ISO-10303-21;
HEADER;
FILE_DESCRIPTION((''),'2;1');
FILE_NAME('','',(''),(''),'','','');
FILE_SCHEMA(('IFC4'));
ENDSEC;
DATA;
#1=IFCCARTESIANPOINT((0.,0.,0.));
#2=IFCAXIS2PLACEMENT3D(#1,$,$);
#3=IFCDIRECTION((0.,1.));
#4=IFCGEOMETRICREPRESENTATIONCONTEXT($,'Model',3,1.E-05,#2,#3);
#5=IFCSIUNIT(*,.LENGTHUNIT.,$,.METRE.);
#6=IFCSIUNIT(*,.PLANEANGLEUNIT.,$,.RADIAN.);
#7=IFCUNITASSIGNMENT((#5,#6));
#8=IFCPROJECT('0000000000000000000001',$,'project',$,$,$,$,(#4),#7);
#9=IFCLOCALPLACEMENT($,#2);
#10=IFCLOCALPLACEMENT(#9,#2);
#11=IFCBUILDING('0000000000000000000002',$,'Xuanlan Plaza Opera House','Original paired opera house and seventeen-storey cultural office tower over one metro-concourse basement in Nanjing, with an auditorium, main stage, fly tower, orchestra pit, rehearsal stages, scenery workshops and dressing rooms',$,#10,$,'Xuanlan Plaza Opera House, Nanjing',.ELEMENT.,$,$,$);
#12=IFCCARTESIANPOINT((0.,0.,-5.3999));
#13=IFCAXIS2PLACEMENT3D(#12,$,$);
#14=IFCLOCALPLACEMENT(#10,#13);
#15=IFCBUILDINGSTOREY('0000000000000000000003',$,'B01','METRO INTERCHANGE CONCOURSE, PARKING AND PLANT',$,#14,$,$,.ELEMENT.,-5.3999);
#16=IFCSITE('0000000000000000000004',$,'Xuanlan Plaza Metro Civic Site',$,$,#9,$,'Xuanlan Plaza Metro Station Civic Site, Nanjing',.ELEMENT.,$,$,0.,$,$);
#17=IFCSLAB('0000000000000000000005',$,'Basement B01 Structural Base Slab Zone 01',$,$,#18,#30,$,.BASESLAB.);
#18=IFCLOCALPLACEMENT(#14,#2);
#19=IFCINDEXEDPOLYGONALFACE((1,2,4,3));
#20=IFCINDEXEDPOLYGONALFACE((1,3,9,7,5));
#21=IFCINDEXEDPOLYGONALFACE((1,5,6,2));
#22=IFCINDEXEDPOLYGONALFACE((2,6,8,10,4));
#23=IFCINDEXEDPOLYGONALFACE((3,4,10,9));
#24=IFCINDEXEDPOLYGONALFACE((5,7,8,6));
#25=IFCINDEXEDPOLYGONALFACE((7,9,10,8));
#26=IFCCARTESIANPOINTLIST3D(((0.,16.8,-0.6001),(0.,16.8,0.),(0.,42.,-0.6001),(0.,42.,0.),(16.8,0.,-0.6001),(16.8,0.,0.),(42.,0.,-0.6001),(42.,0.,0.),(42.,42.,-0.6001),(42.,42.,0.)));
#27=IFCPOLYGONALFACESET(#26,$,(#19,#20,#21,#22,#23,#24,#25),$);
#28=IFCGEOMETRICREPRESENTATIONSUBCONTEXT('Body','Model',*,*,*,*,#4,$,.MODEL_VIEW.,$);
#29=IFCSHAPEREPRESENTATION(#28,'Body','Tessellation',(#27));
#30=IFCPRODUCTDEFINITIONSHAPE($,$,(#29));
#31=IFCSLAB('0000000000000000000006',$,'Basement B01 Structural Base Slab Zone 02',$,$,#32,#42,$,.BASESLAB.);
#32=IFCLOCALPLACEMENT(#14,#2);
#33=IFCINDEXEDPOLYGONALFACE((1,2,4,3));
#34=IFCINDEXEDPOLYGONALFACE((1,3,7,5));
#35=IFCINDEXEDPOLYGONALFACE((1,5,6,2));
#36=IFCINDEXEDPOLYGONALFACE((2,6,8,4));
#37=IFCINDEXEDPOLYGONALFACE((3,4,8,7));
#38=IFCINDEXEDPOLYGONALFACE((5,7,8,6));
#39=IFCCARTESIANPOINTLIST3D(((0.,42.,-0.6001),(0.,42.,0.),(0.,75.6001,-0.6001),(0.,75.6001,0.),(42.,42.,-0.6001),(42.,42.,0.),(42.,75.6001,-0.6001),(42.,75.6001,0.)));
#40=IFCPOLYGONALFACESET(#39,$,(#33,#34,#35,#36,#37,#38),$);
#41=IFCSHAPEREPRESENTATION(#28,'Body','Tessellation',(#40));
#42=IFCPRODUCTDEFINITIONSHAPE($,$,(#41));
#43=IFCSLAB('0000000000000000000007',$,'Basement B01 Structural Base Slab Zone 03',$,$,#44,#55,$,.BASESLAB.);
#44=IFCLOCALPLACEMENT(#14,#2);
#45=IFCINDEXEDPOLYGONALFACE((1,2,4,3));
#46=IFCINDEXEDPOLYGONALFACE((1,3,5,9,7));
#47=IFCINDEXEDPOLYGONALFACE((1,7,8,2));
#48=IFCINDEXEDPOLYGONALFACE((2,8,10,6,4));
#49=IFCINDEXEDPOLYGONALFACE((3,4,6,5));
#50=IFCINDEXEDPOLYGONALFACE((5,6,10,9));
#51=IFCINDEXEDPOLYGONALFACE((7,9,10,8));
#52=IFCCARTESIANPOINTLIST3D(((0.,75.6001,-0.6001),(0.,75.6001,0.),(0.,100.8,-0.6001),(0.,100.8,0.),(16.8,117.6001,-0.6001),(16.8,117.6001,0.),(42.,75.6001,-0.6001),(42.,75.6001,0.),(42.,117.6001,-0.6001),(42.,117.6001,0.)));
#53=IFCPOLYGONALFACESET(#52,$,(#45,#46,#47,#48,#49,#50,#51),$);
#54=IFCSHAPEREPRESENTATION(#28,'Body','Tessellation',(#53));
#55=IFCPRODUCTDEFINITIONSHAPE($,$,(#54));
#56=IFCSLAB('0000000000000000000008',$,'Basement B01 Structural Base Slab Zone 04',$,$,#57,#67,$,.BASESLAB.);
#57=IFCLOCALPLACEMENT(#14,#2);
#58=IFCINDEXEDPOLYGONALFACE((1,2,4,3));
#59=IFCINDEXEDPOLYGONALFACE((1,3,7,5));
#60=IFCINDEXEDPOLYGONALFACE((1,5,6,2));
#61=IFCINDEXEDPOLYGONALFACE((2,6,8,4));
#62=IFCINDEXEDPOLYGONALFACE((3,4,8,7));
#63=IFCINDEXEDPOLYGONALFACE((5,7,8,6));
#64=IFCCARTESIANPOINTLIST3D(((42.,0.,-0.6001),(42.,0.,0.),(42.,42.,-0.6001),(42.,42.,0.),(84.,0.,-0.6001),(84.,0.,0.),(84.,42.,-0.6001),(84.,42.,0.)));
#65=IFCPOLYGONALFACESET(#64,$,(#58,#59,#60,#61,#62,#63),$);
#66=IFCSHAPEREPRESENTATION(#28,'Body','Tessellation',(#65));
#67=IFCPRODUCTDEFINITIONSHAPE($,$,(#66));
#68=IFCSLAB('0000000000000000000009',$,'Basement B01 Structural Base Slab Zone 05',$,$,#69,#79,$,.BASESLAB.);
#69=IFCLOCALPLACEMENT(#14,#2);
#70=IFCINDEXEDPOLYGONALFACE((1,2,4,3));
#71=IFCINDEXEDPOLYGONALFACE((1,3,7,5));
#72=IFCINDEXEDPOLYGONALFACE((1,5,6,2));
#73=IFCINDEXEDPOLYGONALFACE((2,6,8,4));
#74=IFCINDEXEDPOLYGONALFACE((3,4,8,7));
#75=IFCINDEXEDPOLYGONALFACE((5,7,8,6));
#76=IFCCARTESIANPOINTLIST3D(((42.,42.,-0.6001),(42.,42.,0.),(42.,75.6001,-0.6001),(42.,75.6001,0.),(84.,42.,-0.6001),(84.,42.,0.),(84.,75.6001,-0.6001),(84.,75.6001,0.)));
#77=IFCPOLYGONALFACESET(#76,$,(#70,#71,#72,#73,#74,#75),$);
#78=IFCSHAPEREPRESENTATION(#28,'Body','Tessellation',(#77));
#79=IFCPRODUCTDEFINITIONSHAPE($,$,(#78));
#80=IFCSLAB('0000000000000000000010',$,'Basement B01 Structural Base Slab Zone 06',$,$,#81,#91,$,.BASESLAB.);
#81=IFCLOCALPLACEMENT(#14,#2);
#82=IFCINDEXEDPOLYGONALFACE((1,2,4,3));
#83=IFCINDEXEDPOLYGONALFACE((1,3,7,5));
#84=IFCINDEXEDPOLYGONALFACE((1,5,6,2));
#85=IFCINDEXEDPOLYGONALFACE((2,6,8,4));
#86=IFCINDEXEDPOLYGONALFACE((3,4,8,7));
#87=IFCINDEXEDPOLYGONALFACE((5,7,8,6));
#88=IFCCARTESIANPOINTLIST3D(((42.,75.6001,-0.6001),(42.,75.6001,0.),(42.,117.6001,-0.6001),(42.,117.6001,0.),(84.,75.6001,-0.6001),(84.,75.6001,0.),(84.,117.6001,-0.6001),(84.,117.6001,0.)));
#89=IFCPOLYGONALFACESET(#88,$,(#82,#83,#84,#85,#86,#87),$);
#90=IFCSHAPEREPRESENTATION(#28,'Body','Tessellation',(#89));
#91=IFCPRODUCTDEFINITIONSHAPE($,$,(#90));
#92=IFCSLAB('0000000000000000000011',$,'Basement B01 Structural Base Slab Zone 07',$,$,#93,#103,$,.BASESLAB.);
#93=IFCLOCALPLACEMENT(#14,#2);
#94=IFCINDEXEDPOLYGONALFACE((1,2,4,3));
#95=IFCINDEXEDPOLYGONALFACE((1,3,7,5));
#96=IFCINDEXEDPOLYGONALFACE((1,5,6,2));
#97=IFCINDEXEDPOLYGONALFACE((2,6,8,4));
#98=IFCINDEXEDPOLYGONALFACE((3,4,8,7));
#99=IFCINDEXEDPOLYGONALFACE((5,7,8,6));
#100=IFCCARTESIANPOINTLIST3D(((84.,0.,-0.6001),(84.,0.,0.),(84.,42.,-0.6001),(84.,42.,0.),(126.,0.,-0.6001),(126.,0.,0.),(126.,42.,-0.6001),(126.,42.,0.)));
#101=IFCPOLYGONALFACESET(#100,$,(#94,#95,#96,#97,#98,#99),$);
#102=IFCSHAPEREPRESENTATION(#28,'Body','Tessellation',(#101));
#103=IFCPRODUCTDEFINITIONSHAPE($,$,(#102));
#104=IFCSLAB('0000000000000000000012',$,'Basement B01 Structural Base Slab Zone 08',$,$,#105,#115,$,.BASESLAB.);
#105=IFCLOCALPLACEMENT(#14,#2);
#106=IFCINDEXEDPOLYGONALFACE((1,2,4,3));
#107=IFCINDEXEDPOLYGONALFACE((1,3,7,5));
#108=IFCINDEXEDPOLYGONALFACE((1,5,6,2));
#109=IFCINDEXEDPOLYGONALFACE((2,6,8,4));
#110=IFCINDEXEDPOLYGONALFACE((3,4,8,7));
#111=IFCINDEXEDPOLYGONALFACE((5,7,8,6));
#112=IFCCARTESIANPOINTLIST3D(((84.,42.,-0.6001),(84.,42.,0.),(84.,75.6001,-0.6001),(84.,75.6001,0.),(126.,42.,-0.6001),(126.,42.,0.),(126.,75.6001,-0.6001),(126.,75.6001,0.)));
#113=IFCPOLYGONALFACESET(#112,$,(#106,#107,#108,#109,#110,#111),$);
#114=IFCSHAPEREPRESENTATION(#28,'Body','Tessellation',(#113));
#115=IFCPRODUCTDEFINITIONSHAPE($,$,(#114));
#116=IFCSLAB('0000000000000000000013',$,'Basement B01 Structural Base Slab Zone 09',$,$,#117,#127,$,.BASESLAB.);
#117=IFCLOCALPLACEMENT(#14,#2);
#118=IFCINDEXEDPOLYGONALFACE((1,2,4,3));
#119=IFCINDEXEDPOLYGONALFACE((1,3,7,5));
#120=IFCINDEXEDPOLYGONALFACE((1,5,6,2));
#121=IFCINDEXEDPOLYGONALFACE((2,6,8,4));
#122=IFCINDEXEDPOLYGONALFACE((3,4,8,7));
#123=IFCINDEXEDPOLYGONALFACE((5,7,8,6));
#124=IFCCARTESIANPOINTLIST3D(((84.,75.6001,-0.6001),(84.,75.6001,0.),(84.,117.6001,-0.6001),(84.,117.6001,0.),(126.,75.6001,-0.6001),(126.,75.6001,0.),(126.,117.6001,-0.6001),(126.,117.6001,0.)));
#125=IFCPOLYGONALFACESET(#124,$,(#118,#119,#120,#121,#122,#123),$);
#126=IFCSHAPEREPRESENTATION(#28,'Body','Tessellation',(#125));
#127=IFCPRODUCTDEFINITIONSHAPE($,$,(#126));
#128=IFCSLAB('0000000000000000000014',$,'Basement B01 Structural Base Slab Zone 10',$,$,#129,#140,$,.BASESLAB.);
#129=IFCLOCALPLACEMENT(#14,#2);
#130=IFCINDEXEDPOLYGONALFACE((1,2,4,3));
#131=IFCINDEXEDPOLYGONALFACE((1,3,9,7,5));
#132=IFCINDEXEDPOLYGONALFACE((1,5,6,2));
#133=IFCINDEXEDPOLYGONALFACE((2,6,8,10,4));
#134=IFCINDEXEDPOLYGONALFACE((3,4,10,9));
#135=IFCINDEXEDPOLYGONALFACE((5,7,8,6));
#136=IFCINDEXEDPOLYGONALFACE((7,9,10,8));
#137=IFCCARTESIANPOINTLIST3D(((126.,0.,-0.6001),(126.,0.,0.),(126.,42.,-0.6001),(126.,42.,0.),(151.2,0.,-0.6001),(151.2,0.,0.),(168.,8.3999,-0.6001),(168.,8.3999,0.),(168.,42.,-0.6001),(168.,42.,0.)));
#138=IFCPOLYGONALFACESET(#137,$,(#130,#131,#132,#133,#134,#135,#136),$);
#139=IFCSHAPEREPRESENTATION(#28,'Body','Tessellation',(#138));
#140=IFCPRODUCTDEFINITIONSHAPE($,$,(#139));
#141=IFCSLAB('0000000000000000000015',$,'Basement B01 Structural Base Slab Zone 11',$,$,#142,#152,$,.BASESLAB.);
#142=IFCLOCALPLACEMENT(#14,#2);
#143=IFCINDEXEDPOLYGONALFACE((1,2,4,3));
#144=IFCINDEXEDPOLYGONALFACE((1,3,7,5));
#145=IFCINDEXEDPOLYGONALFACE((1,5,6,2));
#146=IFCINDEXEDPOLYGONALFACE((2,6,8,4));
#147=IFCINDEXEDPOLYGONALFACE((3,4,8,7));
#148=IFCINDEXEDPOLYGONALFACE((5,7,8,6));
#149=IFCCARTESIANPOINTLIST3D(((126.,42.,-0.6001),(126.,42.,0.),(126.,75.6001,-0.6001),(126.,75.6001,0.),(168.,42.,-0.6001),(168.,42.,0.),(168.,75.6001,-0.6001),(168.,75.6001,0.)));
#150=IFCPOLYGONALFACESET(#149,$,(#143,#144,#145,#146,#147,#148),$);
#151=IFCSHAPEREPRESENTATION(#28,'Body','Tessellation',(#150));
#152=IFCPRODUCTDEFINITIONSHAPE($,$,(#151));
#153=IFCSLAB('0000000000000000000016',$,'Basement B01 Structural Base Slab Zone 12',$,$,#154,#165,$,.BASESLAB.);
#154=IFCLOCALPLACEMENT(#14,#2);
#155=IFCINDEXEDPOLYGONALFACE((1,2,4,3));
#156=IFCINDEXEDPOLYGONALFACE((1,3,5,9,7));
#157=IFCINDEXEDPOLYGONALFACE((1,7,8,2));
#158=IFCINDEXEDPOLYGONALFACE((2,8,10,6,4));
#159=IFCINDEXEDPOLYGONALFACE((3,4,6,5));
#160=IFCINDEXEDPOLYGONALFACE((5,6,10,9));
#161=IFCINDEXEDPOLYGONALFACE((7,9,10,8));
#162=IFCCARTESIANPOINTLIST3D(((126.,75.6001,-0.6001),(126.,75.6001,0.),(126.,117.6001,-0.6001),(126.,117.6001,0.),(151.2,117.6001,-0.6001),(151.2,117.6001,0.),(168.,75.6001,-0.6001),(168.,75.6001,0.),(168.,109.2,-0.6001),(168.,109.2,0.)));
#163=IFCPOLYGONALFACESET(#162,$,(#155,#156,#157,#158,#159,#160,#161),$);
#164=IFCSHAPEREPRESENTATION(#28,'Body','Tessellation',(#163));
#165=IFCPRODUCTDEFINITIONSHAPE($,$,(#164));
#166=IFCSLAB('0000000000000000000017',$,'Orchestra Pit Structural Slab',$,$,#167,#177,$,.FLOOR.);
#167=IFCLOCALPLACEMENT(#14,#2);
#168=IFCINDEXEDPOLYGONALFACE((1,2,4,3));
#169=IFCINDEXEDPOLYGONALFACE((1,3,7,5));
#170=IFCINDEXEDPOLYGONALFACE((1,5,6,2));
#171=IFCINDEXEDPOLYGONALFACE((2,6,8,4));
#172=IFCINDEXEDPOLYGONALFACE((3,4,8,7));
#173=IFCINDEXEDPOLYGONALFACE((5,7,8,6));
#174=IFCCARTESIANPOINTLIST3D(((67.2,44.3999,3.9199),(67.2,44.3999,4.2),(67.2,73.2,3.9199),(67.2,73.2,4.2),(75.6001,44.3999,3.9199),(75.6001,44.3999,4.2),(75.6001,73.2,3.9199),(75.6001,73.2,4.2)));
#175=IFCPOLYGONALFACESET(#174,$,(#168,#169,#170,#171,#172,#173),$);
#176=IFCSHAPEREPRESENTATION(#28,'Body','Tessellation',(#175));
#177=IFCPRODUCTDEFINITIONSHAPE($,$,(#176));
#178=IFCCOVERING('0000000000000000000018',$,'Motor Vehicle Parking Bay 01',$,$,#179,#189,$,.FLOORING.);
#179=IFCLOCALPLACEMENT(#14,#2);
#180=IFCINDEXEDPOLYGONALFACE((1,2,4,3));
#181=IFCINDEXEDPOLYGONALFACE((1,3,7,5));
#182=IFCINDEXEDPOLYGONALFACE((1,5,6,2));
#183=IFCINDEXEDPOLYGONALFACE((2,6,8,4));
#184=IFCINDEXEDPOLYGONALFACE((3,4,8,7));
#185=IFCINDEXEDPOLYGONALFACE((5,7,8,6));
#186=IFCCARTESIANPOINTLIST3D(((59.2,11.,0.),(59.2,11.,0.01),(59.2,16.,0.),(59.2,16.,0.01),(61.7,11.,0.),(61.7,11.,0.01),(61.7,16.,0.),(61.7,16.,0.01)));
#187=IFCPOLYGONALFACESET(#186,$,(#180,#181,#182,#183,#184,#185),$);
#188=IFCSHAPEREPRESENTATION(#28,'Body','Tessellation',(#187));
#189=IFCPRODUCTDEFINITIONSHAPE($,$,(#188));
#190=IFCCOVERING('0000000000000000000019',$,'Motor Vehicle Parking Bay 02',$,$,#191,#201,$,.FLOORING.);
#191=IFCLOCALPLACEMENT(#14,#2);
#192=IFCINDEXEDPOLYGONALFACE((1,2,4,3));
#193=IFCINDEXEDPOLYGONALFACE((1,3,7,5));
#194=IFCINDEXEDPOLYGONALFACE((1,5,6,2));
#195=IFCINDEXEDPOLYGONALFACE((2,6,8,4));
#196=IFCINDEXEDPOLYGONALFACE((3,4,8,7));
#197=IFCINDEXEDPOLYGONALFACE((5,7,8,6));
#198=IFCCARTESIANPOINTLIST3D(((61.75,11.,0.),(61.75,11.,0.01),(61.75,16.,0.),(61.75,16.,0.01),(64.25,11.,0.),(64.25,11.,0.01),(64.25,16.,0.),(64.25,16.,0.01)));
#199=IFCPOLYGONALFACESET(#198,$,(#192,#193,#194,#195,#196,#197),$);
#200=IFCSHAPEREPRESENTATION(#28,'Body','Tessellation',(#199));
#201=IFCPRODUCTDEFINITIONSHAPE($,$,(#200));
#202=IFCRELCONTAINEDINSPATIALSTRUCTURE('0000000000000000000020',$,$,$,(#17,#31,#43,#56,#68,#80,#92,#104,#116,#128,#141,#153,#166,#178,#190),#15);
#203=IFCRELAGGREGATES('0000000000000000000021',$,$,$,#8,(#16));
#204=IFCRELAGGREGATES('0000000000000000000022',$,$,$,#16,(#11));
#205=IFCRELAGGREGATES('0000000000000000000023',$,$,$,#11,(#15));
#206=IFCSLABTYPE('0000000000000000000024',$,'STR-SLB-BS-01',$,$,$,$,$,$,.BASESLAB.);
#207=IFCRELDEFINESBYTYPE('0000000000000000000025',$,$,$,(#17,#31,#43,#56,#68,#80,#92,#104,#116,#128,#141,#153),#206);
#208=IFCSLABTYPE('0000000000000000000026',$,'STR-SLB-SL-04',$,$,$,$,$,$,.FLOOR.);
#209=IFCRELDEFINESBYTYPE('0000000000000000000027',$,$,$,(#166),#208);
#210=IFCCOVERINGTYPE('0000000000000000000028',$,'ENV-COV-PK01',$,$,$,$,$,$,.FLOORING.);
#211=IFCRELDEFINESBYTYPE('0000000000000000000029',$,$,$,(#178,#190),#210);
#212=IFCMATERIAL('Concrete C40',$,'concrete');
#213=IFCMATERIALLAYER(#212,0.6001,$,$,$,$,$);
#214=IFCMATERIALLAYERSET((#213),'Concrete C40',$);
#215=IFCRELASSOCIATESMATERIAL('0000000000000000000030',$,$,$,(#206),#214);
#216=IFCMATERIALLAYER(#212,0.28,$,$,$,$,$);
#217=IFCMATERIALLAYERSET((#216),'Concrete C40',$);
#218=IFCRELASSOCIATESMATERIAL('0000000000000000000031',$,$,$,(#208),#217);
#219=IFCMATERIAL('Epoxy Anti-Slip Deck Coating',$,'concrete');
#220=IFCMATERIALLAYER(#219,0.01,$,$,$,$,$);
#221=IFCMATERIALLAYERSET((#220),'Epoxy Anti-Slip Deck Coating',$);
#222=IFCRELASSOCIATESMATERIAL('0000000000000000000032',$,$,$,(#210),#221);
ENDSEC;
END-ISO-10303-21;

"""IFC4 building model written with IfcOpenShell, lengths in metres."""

from ifc_helpers import new_model, si_unit, direction, frame, origin, place, context, subcontext, project, spatial, polyline, outline, extrude, material, layer, layer_set, type_object, element, save


model = new_model("IFC4")

# Units and contexts
model_context = context("Model", 3, precision=1e-05, world=origin(), true_north=direction((0.0, 1.0)))
body_context = subcontext(model_context, "Body", "Model", "MODEL_VIEW")
ifc_project = project(units=[si_unit("LENGTHUNIT", "METRE"), si_unit("PLANEANGLEUNIT", "RADIAN")], contexts=[model_context])

# Site, building, storey
site_placement = place(None, origin())
site = spatial("IfcSite", under=ifc_project, at=site_placement, Name="Xuanlan Plaza Metro Civic Site", LongName="Xuanlan Plaza Metro Station Civic Site, Nanjing", CompositionType="ELEMENT", RefElevation=0.0)
building_placement = place(site_placement, origin())
building = spatial("IfcBuilding", under=site, at=building_placement, Name="Xuanlan Plaza Opera House", Description="Original paired opera house and seventeen-storey cultural office tower over one metro-concourse basement in Nanjing, with an auditorium, main stage, fly tower, orchestra pit, rehearsal stages, scenery workshops and dressing rooms", LongName="Xuanlan Plaza Opera House, Nanjing", CompositionType="ELEMENT")
storey_placement = place(building_placement, frame((0.0, 0.0, -5.3999)))
storey = spatial("IfcBuildingStorey", under=building, at=storey_placement, Name="B01", Description="METRO INTERCHANGE CONCOURSE, PARKING AND PLANT", CompositionType="ELEMENT", Elevation=-5.3999)

# Slabs
ifc_material_1 = material(Name="Concrete C40", Category="concrete")
ifc_layer_1 = layer(ifc_material_1, 0.6001)
ifc_layer_set_1 = layer_set([ifc_layer_1], Name="Concrete C40")
slab_type_1 = type_object("IfcSlabType", Name="STR-SLB-BS-01", PredefinedType="BASESLAB", material=ifc_layer_set_1)
slab_1_placement = place(storey_placement, frame((0.0, 0.0, -0.6001)))
element("IfcSlab", 1, at=slab_1_placement, inside=storey, type_object=slab_type_1, Name="Basement B01 Structural Base Slab Zone 01", PredefinedType="BASESLAB", context=body_context, shape_type="SweptSolid", body=[
    extrude(outline(polyline([(16.8, 0.0), (0.0, 16.8), (0.0, 42.0), (42.0, 42.0), (42.0, 0.0), (16.8, 0.0)])), origin(), (0.0, 0.0, 1.0), 0.6001),
])
slab_2_placement = place(storey_placement, frame((0.0, 0.0, -0.6001)))
element("IfcSlab", 2, at=slab_2_placement, inside=storey, type_object=slab_type_1, Name="Basement B01 Structural Base Slab Zone 02", PredefinedType="BASESLAB", context=body_context, shape_type="SweptSolid", body=[
    extrude(outline(polyline([(0.0, 75.6001), (42.0, 75.6001), (42.0, 42.0), (0.0, 42.0), (0.0, 75.6001)])), origin(), (0.0, 0.0, 1.0), 0.6001),
])
slab_3_placement = place(storey_placement, frame((0.0, 0.0, -0.6001)))
element("IfcSlab", 3, at=slab_3_placement, inside=storey, type_object=slab_type_1, Name="Basement B01 Structural Base Slab Zone 03", PredefinedType="BASESLAB", context=body_context, shape_type="SweptSolid", body=[
    extrude(outline(polyline([(0.0, 100.8), (16.8, 117.6001), (42.0, 117.6001), (42.0, 75.6001), (0.0, 75.6001), (0.0, 100.8)])), origin(), (0.0, 0.0, 1.0), 0.6001),
])
slab_4_placement = place(storey_placement, frame((0.0, 0.0, -0.6001)))
element("IfcSlab", 4, at=slab_4_placement, inside=storey, type_object=slab_type_1, Name="Basement B01 Structural Base Slab Zone 04", PredefinedType="BASESLAB", context=body_context, shape_type="SweptSolid", body=[
    extrude(outline(polyline([(42.0, 0.0), (42.0, 42.0), (84.0, 42.0), (84.0, 0.0), (42.0, 0.0)])), origin(), (0.0, 0.0, 1.0), 0.6001),
])
slab_5_placement = place(storey_placement, frame((0.0, 0.0, -0.6001)))
element("IfcSlab", 5, at=slab_5_placement, inside=storey, type_object=slab_type_1, Name="Basement B01 Structural Base Slab Zone 05", PredefinedType="BASESLAB", context=body_context, shape_type="SweptSolid", body=[
    extrude(outline(polyline([(42.0, 42.0), (42.0, 75.6001), (84.0, 75.6001), (84.0, 42.0), (42.0, 42.0)])), origin(), (0.0, 0.0, 1.0), 0.6001),
])
slab_6_placement = place(storey_placement, frame((0.0, 0.0, -0.6001)))
element("IfcSlab", 6, at=slab_6_placement, inside=storey, type_object=slab_type_1, Name="Basement B01 Structural Base Slab Zone 06", PredefinedType="BASESLAB", context=body_context, shape_type="SweptSolid", body=[
    extrude(outline(polyline([(84.0, 117.6001), (84.0, 75.6001), (42.0, 75.6001), (42.0, 117.6001), (84.0, 117.6001)])), origin(), (0.0, 0.0, 1.0), 0.6001),
])
slab_7_placement = place(storey_placement, frame((0.0, 0.0, -0.6001)))
element("IfcSlab", 7, at=slab_7_placement, inside=storey, type_object=slab_type_1, Name="Basement B01 Structural Base Slab Zone 07", PredefinedType="BASESLAB", context=body_context, shape_type="SweptSolid", body=[
    extrude(outline(polyline([(84.0, 0.0), (84.0, 42.0), (126.0, 42.0), (126.0, 0.0), (84.0, 0.0)])), origin(), (0.0, 0.0, 1.0), 0.6001),
])
slab_8_placement = place(storey_placement, frame((0.0, 0.0, -0.6001)))
element("IfcSlab", 8, at=slab_8_placement, inside=storey, type_object=slab_type_1, Name="Basement B01 Structural Base Slab Zone 08", PredefinedType="BASESLAB", context=body_context, shape_type="SweptSolid", body=[
    extrude(outline(polyline([(84.0, 42.0), (84.0, 75.6001), (126.0, 75.6001), (126.0, 42.0), (84.0, 42.0)])), origin(), (0.0, 0.0, 1.0), 0.6001),
])
slab_9_placement = place(storey_placement, frame((0.0, 0.0, -0.6001)))
element("IfcSlab", 9, at=slab_9_placement, inside=storey, type_object=slab_type_1, Name="Basement B01 Structural Base Slab Zone 09", PredefinedType="BASESLAB", context=body_context, shape_type="SweptSolid", body=[
    extrude(outline(polyline([(126.0, 117.6001), (126.0, 75.6001), (84.0, 75.6001), (84.0, 117.6001), (126.0, 117.6001)])), origin(), (0.0, 0.0, 1.0), 0.6001),
])
slab_10_placement = place(storey_placement, frame((0.0, 0.0, -0.6001)))
element("IfcSlab", 10, at=slab_10_placement, inside=storey, type_object=slab_type_1, Name="Basement B01 Structural Base Slab Zone 10", PredefinedType="BASESLAB", context=body_context, shape_type="SweptSolid", body=[
    extrude(outline(polyline([(168.0, 8.3999), (151.2, 0.0), (126.0, 0.0), (126.0, 42.0), (168.0, 42.0), (168.0, 8.3999)])), origin(), (0.0, 0.0, 1.0), 0.6001),
])
slab_11_placement = place(storey_placement, frame((0.0, 0.0, -0.6001)))
element("IfcSlab", 11, at=slab_11_placement, inside=storey, type_object=slab_type_1, Name="Basement B01 Structural Base Slab Zone 11", PredefinedType="BASESLAB", context=body_context, shape_type="SweptSolid", body=[
    extrude(outline(polyline([(168.0, 42.0), (126.0, 42.0), (126.0, 75.6001), (168.0, 75.6001), (168.0, 42.0)])), origin(), (0.0, 0.0, 1.0), 0.6001),
])
slab_12_placement = place(storey_placement, frame((0.0, 0.0, -0.6001)))
element("IfcSlab", 12, at=slab_12_placement, inside=storey, type_object=slab_type_1, Name="Basement B01 Structural Base Slab Zone 12", PredefinedType="BASESLAB", context=body_context, shape_type="SweptSolid", body=[
    extrude(outline(polyline([(151.2, 117.6001), (168.0, 109.2), (168.0, 75.6001), (126.0, 75.6001), (126.0, 117.6001), (151.2, 117.6001)])), origin(), (0.0, 0.0, 1.0), 0.6001),
])
ifc_layer_2 = layer(ifc_material_1, 0.28)
ifc_layer_set_2 = layer_set([ifc_layer_2], Name="Concrete C40")
slab_type_2 = type_object("IfcSlabType", Name="STR-SLB-SL-04", PredefinedType="FLOOR", material=ifc_layer_set_2)
slab_13_placement = place(storey_placement, frame((0.0, 0.0, 3.9199)))
element("IfcSlab", 13, at=slab_13_placement, inside=storey, type_object=slab_type_2, Name="Orchestra Pit Structural Slab", PredefinedType="FLOOR", context=body_context, shape_type="SweptSolid", body=[
    extrude(outline(polyline([(67.2, 44.3999), (75.6001, 44.3999), (75.6001, 73.2), (67.2, 73.2), (67.2, 44.3999)])), origin(), (0.0, 0.0, 1.0), 0.28),
])

# Coverings
ifc_material_2 = material(Name="Epoxy Anti-Slip Deck Coating", Category="concrete")
ifc_layer_3 = layer(ifc_material_2, 0.01)
ifc_layer_set_3 = layer_set([ifc_layer_3], Name="Epoxy Anti-Slip Deck Coating")
covering_type_1 = type_object("IfcCoveringType", Name="ENV-COV-PK01", PredefinedType="FLOORING", material=ifc_layer_set_3)
covering_1_placement = place(storey_placement, origin())
element("IfcCovering", 14, at=covering_1_placement, inside=storey, type_object=covering_type_1, Name="Motor Vehicle Parking Bay 01", PredefinedType="FLOORING", context=body_context, shape_type="SweptSolid", body=[
    extrude(outline(polyline([(59.2, 11.0), (61.7, 11.0), (61.7, 16.0), (59.2, 16.0), (59.2, 11.0)])), origin(), (0.0, 0.0, 1.0), 0.01),
])
covering_2_placement = place(storey_placement, origin())
element("IfcCovering", 15, at=covering_2_placement, inside=storey, type_object=covering_type_1, Name="Motor Vehicle Parking Bay 02", PredefinedType="FLOORING", context=body_context, shape_type="SweptSolid", body=[
    extrude(outline(polyline([(61.75, 11.0), (64.25, 11.0), (64.25, 16.0), (61.75, 16.0), (61.75, 11.0)])), origin(), (0.0, 0.0, 1.0), 0.01),
])

save(model, "model.ifc")
